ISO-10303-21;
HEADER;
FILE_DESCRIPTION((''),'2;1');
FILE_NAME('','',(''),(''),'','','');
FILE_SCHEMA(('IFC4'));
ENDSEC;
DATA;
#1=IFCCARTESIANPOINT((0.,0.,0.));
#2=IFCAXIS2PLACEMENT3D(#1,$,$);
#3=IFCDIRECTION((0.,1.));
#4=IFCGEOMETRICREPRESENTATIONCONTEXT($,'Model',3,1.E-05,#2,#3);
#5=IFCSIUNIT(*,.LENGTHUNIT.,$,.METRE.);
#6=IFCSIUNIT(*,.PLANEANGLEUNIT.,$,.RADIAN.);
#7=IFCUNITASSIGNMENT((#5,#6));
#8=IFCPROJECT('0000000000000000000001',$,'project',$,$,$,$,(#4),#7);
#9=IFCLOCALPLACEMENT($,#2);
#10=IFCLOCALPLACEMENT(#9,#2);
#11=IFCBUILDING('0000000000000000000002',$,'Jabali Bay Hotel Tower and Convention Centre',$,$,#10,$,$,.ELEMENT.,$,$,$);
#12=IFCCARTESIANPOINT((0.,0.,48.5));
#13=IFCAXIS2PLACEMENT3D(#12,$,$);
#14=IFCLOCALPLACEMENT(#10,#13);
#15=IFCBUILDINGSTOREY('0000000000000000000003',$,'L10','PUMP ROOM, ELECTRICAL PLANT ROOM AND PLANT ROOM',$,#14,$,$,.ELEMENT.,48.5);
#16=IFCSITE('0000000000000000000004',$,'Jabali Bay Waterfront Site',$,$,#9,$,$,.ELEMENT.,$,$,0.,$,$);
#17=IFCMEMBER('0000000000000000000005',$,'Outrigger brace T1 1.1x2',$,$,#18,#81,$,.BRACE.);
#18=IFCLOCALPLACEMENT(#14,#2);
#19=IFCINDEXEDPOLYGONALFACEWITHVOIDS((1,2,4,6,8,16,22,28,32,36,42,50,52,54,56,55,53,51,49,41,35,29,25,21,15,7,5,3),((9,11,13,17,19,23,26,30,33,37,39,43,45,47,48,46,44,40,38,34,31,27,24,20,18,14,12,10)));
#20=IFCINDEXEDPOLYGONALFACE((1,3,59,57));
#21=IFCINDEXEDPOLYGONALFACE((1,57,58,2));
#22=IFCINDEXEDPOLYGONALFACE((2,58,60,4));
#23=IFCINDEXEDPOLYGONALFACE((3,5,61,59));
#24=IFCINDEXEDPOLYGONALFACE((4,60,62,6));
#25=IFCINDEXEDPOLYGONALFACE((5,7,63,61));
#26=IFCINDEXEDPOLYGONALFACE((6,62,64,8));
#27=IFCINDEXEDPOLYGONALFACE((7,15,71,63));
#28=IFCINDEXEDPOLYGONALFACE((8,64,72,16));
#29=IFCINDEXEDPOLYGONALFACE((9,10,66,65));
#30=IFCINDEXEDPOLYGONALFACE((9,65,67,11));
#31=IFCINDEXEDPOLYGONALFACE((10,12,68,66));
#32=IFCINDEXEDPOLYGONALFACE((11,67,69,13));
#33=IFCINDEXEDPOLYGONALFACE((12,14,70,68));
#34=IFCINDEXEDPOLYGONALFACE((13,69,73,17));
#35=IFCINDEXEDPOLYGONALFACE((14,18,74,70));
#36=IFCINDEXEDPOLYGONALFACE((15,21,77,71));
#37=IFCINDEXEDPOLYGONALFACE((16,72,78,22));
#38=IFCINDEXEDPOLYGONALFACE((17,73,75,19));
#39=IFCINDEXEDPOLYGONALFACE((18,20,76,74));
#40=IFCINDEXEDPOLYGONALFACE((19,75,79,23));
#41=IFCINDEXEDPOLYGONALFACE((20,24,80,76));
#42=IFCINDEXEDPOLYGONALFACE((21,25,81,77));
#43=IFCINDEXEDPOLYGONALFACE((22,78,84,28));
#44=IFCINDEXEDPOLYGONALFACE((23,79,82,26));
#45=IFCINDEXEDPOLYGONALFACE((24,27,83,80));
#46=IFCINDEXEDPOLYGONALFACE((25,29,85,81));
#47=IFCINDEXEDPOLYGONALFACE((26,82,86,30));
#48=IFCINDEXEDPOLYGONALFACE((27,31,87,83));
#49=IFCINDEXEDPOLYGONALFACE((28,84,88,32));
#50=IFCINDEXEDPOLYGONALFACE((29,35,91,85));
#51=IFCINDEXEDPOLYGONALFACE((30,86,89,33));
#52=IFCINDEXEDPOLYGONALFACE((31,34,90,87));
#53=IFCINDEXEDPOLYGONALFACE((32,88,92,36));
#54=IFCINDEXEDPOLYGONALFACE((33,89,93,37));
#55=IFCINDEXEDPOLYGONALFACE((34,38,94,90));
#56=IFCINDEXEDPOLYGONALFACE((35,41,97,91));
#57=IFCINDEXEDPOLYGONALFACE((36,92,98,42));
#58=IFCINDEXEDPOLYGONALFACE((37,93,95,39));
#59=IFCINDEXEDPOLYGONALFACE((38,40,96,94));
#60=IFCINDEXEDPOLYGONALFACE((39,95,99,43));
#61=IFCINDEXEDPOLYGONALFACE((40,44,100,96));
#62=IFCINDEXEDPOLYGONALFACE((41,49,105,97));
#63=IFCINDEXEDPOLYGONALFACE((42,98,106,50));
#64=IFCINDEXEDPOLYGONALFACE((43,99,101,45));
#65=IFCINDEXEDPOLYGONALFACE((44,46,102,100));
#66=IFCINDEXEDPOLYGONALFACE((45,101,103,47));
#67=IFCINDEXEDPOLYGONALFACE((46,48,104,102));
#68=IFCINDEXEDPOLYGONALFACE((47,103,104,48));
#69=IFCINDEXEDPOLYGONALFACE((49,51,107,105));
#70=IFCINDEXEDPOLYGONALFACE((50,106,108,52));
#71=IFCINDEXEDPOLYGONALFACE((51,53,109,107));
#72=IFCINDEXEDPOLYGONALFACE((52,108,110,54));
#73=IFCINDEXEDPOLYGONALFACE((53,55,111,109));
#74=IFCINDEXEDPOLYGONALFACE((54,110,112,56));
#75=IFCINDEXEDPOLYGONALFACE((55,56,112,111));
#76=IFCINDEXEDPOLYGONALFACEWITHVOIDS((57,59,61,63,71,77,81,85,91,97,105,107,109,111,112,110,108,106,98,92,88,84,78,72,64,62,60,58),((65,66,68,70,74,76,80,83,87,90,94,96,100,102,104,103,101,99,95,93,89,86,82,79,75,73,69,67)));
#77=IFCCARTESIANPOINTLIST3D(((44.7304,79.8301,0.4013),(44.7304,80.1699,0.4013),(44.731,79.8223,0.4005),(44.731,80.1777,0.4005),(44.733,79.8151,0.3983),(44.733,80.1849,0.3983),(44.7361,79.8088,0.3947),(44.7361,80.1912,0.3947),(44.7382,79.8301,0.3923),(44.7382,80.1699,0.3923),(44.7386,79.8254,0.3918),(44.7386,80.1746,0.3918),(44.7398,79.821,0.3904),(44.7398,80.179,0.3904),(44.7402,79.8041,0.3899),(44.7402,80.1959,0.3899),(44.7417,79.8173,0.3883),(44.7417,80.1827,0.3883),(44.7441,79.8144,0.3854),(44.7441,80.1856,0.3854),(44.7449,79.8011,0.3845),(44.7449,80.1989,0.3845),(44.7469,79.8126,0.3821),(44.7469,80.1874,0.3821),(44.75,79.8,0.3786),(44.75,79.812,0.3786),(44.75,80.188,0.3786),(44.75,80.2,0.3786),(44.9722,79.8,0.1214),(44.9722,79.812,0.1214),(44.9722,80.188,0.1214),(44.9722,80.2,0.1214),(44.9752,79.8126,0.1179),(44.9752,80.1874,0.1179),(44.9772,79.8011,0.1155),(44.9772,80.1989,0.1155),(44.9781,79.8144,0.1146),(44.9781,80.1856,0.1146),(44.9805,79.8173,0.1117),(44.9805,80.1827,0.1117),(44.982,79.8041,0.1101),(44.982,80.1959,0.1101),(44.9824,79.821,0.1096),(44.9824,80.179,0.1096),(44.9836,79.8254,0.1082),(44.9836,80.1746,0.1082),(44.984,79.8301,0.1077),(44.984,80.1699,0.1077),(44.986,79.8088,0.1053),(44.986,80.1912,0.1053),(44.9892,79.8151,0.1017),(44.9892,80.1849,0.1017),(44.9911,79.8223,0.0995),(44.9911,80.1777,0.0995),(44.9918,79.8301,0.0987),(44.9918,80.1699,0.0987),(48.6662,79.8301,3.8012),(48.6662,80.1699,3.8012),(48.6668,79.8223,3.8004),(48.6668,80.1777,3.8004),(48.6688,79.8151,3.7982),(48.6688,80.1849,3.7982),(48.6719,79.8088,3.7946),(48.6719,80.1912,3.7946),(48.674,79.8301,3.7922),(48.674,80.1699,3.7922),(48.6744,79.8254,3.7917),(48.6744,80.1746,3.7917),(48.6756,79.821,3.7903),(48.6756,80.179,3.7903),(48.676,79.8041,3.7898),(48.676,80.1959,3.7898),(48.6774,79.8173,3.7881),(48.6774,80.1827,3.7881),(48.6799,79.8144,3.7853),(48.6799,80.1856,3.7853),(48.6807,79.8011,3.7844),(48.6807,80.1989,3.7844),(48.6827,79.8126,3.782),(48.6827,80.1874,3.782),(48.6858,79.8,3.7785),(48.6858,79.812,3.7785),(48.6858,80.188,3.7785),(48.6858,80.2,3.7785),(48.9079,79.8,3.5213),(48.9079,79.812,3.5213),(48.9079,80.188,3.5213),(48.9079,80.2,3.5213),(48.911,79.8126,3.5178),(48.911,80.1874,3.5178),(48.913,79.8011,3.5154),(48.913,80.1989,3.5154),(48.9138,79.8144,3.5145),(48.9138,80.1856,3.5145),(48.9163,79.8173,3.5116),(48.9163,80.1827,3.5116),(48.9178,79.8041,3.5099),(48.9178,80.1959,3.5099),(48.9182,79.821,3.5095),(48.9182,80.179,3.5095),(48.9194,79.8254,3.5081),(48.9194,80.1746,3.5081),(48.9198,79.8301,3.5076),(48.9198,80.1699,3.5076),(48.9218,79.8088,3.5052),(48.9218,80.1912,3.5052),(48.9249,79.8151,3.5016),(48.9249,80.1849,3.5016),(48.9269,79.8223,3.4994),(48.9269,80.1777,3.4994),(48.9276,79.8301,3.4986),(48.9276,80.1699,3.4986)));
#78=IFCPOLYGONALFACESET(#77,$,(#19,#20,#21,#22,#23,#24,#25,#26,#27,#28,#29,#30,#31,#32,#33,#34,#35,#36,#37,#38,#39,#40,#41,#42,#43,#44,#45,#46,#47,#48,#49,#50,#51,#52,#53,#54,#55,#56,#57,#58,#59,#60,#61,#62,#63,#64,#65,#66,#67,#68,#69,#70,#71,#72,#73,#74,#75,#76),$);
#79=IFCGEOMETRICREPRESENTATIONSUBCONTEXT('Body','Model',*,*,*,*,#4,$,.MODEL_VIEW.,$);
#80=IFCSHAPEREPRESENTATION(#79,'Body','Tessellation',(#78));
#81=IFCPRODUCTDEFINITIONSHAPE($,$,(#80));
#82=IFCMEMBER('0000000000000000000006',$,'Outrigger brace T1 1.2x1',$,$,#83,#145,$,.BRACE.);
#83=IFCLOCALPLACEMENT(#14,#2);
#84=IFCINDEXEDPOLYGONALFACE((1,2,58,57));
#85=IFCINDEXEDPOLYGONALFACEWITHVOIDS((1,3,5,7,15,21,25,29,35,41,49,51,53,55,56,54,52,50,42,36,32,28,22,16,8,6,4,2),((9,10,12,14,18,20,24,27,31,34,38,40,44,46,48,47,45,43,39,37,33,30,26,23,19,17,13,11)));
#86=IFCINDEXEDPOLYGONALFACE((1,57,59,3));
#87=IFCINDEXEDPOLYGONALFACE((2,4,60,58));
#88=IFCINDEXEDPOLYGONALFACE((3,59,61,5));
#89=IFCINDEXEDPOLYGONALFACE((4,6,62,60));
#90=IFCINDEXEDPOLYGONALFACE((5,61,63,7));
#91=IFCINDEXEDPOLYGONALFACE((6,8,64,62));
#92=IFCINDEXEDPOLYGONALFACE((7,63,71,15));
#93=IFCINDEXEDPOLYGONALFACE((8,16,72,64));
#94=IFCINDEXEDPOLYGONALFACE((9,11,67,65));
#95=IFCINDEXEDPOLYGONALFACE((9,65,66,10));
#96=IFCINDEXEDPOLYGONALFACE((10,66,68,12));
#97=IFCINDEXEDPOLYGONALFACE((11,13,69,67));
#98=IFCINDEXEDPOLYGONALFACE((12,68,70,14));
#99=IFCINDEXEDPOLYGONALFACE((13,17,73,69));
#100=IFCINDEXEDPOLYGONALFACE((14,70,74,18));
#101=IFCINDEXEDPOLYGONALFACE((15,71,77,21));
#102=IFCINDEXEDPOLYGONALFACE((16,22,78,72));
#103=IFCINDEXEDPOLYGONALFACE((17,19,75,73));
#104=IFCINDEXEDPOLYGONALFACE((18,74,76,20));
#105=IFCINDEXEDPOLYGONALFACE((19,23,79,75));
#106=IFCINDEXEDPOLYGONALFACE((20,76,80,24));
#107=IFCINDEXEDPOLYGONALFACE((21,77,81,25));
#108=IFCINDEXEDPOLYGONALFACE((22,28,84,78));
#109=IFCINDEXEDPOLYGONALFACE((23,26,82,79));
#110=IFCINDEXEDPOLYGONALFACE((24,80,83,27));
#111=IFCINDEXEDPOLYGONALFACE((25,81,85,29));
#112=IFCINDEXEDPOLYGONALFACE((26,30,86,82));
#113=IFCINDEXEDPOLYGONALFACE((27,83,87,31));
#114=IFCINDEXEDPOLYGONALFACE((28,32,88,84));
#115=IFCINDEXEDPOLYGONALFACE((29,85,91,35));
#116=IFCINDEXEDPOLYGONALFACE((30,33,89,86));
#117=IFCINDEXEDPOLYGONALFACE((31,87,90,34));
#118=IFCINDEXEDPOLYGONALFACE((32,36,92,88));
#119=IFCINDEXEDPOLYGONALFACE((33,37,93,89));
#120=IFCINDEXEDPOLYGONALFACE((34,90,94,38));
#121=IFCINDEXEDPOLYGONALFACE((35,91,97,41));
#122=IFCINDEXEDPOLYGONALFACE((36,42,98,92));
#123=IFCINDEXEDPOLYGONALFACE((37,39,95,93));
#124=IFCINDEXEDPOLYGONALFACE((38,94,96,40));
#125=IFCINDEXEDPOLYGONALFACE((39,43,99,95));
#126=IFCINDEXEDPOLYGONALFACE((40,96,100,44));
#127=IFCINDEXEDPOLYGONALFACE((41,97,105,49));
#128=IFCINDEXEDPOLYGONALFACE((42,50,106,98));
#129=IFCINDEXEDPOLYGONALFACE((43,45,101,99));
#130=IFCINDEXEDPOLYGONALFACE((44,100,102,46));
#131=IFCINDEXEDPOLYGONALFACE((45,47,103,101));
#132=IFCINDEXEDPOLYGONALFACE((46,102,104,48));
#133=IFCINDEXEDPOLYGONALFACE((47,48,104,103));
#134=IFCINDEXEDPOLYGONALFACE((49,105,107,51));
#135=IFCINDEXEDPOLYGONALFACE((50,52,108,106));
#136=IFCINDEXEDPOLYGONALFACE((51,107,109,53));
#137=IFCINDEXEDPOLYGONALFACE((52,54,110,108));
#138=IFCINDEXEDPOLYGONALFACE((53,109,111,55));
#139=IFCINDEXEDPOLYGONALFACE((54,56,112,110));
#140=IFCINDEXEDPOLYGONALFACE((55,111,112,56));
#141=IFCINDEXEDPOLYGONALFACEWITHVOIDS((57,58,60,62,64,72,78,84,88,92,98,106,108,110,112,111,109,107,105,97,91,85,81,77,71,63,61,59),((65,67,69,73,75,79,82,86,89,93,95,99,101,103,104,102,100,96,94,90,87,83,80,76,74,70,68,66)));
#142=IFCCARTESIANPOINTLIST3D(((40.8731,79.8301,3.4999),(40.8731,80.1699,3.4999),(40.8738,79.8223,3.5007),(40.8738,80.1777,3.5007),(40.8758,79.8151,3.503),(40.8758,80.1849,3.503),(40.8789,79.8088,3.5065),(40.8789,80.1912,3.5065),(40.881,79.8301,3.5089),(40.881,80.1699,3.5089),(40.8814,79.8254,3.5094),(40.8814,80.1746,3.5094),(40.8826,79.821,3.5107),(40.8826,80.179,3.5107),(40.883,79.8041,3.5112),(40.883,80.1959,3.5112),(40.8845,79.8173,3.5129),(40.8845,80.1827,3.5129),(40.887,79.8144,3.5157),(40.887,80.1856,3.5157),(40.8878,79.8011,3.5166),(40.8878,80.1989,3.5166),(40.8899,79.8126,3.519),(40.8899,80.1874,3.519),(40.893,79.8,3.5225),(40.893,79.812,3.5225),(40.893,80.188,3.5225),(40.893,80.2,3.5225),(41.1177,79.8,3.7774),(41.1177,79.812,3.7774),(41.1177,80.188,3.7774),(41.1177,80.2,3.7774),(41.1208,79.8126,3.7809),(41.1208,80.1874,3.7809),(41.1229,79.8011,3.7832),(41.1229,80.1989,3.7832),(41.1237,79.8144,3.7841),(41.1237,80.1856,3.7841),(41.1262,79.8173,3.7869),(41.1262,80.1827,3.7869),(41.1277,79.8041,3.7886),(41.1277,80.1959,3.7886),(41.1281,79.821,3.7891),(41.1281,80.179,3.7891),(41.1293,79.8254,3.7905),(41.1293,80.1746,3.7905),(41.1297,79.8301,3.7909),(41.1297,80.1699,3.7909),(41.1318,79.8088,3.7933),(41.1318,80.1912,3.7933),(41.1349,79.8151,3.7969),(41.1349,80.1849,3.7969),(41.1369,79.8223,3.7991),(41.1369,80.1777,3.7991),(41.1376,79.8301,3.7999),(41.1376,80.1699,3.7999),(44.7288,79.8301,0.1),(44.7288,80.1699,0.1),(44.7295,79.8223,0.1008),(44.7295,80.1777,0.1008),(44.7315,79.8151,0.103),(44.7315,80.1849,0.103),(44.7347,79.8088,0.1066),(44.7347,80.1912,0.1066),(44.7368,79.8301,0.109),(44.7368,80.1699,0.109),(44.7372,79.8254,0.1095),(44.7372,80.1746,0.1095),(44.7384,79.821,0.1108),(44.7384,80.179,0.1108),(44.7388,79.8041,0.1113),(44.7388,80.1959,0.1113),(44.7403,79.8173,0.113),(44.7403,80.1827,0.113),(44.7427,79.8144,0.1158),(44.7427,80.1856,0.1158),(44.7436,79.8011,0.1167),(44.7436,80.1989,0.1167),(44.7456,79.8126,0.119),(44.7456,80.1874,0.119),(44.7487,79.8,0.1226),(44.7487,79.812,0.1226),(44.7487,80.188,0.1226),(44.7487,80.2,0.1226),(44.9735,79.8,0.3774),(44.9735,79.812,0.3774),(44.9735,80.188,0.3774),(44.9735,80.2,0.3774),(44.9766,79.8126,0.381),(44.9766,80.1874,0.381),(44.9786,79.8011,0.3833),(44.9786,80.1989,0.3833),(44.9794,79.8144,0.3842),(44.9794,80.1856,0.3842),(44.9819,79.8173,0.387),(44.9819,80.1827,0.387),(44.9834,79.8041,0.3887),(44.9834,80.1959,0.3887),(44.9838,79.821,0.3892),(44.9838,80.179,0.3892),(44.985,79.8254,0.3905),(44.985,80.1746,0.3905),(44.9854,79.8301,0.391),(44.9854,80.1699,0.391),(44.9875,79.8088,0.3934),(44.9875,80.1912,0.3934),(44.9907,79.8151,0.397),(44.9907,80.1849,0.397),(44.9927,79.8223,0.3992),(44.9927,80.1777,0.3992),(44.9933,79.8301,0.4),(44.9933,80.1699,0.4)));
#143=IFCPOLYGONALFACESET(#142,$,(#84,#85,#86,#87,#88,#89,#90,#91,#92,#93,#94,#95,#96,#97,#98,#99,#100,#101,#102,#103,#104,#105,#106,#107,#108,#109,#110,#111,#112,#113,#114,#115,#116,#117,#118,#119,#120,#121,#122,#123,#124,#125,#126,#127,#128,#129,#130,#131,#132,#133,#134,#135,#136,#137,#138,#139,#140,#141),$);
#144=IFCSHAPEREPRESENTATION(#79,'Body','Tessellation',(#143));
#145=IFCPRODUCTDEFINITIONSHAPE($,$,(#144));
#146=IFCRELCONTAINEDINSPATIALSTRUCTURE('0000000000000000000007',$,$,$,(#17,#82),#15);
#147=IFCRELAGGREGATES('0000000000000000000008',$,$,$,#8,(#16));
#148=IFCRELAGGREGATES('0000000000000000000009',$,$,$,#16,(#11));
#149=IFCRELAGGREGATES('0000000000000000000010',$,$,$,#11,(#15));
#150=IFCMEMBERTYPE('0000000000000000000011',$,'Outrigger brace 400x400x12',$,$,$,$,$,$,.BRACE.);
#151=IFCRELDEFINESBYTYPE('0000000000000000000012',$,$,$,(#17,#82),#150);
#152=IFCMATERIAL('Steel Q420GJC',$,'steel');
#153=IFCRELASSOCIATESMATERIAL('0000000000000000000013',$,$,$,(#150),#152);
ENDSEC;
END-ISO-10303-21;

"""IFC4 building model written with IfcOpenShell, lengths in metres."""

from ifc_helpers import new_model, si_unit, direction, frame, origin, origin_2d, place, context, subcontext, project, spatial, hollow_rectangle, extrude, material, material_profile, profile_set, type_object, element, save


model = new_model("IFC4")

# Units and contexts
model_context = context("Model", 3, precision=1e-05, world=origin(), true_north=direction((0.0, 1.0)))
body_context = subcontext(model_context, "Body", "Model", "MODEL_VIEW")
ifc_project = project(units=[si_unit("LENGTHUNIT", "METRE"), si_unit("PLANEANGLEUNIT", "RADIAN")], contexts=[model_context])

# Site, building, storey
site_placement = place(None, origin())
site = spatial("IfcSite", under=ifc_project, at=site_placement, Name="Jabali Bay Waterfront Site", CompositionType="ELEMENT", RefElevation=0.0)
building_placement = place(site_placement, origin())
building = spatial("IfcBuilding", under=site, at=building_placement, Name="Jabali Bay Hotel Tower and Convention Centre", CompositionType="ELEMENT")
storey_placement = place(building_placement, frame((0.0, 0.0, 48.5)))
storey = spatial("IfcBuildingStorey", under=building, at=storey_placement, Name="L10", Description="PUMP ROOM, ELECTRICAL PLANT ROOM AND PLANT ROOM", CompositionType="ELEMENT", Elevation=48.5)

# Members
ifc_material_1 = material(Name="Steel Q420GJC", Category="steel")
ifc_material_profile_1 = material_profile(ifc_material_1, hollow_rectangle(XDim=0.3999, YDim=0.3999, WallThickness=0.012, InnerFilletRadius=0.0181, OuterFilletRadius=0.03, at=origin_2d()), Name="Outrigger brace 400x400x12")
ifc_profile_set_1 = profile_set([ifc_material_profile_1], Name="Steel Q420GJC")
member_type_1 = type_object("IfcMemberType", Name="Outrigger brace 400x400x12", PredefinedType="BRACE", material=ifc_profile_set_1)
member_1_placement = place(storey_placement, frame((44.8611, 80.0, 0.25), z_axis=(0.756746, 0.0, 0.653709), x_axis=(0.0, 1.0, 0.0)))
element("IfcMember", 1, at=member_1_placement, inside=storey, type_object=member_type_1, Name="Outrigger brace T1 1.1x2", PredefinedType="BRACE", context=body_context, shape_type="SweptSolid", body=[
    extrude(hollow_rectangle(XDim=0.3999, YDim=0.3999, WallThickness=0.012, InnerFilletRadius=0.0181, OuterFilletRadius=0.03, at=origin_2d()), origin(), (0.0, 0.0, 1.0), 5.2009),
])
member_2_placement = place(storey_placement, frame((44.8611, 80.0, 0.25), z_axis=(-0.75005, 0.0, 0.661381), x_axis=(0.0, -1.0, 0.0)))
element("IfcMember", 2, at=member_2_placement, inside=storey, type_object=member_type_1, Name="Outrigger brace T1 1.2x1", PredefinedType="BRACE", context=body_context, shape_type="SweptSolid", body=[
    extrude(hollow_rectangle(XDim=0.3999, YDim=0.3999, WallThickness=0.012, InnerFilletRadius=0.0181, OuterFilletRadius=0.03, at=origin_2d()), origin(), (0.0, 0.0, 1.0), 5.1406),
])

save(model, "model.ifc")
